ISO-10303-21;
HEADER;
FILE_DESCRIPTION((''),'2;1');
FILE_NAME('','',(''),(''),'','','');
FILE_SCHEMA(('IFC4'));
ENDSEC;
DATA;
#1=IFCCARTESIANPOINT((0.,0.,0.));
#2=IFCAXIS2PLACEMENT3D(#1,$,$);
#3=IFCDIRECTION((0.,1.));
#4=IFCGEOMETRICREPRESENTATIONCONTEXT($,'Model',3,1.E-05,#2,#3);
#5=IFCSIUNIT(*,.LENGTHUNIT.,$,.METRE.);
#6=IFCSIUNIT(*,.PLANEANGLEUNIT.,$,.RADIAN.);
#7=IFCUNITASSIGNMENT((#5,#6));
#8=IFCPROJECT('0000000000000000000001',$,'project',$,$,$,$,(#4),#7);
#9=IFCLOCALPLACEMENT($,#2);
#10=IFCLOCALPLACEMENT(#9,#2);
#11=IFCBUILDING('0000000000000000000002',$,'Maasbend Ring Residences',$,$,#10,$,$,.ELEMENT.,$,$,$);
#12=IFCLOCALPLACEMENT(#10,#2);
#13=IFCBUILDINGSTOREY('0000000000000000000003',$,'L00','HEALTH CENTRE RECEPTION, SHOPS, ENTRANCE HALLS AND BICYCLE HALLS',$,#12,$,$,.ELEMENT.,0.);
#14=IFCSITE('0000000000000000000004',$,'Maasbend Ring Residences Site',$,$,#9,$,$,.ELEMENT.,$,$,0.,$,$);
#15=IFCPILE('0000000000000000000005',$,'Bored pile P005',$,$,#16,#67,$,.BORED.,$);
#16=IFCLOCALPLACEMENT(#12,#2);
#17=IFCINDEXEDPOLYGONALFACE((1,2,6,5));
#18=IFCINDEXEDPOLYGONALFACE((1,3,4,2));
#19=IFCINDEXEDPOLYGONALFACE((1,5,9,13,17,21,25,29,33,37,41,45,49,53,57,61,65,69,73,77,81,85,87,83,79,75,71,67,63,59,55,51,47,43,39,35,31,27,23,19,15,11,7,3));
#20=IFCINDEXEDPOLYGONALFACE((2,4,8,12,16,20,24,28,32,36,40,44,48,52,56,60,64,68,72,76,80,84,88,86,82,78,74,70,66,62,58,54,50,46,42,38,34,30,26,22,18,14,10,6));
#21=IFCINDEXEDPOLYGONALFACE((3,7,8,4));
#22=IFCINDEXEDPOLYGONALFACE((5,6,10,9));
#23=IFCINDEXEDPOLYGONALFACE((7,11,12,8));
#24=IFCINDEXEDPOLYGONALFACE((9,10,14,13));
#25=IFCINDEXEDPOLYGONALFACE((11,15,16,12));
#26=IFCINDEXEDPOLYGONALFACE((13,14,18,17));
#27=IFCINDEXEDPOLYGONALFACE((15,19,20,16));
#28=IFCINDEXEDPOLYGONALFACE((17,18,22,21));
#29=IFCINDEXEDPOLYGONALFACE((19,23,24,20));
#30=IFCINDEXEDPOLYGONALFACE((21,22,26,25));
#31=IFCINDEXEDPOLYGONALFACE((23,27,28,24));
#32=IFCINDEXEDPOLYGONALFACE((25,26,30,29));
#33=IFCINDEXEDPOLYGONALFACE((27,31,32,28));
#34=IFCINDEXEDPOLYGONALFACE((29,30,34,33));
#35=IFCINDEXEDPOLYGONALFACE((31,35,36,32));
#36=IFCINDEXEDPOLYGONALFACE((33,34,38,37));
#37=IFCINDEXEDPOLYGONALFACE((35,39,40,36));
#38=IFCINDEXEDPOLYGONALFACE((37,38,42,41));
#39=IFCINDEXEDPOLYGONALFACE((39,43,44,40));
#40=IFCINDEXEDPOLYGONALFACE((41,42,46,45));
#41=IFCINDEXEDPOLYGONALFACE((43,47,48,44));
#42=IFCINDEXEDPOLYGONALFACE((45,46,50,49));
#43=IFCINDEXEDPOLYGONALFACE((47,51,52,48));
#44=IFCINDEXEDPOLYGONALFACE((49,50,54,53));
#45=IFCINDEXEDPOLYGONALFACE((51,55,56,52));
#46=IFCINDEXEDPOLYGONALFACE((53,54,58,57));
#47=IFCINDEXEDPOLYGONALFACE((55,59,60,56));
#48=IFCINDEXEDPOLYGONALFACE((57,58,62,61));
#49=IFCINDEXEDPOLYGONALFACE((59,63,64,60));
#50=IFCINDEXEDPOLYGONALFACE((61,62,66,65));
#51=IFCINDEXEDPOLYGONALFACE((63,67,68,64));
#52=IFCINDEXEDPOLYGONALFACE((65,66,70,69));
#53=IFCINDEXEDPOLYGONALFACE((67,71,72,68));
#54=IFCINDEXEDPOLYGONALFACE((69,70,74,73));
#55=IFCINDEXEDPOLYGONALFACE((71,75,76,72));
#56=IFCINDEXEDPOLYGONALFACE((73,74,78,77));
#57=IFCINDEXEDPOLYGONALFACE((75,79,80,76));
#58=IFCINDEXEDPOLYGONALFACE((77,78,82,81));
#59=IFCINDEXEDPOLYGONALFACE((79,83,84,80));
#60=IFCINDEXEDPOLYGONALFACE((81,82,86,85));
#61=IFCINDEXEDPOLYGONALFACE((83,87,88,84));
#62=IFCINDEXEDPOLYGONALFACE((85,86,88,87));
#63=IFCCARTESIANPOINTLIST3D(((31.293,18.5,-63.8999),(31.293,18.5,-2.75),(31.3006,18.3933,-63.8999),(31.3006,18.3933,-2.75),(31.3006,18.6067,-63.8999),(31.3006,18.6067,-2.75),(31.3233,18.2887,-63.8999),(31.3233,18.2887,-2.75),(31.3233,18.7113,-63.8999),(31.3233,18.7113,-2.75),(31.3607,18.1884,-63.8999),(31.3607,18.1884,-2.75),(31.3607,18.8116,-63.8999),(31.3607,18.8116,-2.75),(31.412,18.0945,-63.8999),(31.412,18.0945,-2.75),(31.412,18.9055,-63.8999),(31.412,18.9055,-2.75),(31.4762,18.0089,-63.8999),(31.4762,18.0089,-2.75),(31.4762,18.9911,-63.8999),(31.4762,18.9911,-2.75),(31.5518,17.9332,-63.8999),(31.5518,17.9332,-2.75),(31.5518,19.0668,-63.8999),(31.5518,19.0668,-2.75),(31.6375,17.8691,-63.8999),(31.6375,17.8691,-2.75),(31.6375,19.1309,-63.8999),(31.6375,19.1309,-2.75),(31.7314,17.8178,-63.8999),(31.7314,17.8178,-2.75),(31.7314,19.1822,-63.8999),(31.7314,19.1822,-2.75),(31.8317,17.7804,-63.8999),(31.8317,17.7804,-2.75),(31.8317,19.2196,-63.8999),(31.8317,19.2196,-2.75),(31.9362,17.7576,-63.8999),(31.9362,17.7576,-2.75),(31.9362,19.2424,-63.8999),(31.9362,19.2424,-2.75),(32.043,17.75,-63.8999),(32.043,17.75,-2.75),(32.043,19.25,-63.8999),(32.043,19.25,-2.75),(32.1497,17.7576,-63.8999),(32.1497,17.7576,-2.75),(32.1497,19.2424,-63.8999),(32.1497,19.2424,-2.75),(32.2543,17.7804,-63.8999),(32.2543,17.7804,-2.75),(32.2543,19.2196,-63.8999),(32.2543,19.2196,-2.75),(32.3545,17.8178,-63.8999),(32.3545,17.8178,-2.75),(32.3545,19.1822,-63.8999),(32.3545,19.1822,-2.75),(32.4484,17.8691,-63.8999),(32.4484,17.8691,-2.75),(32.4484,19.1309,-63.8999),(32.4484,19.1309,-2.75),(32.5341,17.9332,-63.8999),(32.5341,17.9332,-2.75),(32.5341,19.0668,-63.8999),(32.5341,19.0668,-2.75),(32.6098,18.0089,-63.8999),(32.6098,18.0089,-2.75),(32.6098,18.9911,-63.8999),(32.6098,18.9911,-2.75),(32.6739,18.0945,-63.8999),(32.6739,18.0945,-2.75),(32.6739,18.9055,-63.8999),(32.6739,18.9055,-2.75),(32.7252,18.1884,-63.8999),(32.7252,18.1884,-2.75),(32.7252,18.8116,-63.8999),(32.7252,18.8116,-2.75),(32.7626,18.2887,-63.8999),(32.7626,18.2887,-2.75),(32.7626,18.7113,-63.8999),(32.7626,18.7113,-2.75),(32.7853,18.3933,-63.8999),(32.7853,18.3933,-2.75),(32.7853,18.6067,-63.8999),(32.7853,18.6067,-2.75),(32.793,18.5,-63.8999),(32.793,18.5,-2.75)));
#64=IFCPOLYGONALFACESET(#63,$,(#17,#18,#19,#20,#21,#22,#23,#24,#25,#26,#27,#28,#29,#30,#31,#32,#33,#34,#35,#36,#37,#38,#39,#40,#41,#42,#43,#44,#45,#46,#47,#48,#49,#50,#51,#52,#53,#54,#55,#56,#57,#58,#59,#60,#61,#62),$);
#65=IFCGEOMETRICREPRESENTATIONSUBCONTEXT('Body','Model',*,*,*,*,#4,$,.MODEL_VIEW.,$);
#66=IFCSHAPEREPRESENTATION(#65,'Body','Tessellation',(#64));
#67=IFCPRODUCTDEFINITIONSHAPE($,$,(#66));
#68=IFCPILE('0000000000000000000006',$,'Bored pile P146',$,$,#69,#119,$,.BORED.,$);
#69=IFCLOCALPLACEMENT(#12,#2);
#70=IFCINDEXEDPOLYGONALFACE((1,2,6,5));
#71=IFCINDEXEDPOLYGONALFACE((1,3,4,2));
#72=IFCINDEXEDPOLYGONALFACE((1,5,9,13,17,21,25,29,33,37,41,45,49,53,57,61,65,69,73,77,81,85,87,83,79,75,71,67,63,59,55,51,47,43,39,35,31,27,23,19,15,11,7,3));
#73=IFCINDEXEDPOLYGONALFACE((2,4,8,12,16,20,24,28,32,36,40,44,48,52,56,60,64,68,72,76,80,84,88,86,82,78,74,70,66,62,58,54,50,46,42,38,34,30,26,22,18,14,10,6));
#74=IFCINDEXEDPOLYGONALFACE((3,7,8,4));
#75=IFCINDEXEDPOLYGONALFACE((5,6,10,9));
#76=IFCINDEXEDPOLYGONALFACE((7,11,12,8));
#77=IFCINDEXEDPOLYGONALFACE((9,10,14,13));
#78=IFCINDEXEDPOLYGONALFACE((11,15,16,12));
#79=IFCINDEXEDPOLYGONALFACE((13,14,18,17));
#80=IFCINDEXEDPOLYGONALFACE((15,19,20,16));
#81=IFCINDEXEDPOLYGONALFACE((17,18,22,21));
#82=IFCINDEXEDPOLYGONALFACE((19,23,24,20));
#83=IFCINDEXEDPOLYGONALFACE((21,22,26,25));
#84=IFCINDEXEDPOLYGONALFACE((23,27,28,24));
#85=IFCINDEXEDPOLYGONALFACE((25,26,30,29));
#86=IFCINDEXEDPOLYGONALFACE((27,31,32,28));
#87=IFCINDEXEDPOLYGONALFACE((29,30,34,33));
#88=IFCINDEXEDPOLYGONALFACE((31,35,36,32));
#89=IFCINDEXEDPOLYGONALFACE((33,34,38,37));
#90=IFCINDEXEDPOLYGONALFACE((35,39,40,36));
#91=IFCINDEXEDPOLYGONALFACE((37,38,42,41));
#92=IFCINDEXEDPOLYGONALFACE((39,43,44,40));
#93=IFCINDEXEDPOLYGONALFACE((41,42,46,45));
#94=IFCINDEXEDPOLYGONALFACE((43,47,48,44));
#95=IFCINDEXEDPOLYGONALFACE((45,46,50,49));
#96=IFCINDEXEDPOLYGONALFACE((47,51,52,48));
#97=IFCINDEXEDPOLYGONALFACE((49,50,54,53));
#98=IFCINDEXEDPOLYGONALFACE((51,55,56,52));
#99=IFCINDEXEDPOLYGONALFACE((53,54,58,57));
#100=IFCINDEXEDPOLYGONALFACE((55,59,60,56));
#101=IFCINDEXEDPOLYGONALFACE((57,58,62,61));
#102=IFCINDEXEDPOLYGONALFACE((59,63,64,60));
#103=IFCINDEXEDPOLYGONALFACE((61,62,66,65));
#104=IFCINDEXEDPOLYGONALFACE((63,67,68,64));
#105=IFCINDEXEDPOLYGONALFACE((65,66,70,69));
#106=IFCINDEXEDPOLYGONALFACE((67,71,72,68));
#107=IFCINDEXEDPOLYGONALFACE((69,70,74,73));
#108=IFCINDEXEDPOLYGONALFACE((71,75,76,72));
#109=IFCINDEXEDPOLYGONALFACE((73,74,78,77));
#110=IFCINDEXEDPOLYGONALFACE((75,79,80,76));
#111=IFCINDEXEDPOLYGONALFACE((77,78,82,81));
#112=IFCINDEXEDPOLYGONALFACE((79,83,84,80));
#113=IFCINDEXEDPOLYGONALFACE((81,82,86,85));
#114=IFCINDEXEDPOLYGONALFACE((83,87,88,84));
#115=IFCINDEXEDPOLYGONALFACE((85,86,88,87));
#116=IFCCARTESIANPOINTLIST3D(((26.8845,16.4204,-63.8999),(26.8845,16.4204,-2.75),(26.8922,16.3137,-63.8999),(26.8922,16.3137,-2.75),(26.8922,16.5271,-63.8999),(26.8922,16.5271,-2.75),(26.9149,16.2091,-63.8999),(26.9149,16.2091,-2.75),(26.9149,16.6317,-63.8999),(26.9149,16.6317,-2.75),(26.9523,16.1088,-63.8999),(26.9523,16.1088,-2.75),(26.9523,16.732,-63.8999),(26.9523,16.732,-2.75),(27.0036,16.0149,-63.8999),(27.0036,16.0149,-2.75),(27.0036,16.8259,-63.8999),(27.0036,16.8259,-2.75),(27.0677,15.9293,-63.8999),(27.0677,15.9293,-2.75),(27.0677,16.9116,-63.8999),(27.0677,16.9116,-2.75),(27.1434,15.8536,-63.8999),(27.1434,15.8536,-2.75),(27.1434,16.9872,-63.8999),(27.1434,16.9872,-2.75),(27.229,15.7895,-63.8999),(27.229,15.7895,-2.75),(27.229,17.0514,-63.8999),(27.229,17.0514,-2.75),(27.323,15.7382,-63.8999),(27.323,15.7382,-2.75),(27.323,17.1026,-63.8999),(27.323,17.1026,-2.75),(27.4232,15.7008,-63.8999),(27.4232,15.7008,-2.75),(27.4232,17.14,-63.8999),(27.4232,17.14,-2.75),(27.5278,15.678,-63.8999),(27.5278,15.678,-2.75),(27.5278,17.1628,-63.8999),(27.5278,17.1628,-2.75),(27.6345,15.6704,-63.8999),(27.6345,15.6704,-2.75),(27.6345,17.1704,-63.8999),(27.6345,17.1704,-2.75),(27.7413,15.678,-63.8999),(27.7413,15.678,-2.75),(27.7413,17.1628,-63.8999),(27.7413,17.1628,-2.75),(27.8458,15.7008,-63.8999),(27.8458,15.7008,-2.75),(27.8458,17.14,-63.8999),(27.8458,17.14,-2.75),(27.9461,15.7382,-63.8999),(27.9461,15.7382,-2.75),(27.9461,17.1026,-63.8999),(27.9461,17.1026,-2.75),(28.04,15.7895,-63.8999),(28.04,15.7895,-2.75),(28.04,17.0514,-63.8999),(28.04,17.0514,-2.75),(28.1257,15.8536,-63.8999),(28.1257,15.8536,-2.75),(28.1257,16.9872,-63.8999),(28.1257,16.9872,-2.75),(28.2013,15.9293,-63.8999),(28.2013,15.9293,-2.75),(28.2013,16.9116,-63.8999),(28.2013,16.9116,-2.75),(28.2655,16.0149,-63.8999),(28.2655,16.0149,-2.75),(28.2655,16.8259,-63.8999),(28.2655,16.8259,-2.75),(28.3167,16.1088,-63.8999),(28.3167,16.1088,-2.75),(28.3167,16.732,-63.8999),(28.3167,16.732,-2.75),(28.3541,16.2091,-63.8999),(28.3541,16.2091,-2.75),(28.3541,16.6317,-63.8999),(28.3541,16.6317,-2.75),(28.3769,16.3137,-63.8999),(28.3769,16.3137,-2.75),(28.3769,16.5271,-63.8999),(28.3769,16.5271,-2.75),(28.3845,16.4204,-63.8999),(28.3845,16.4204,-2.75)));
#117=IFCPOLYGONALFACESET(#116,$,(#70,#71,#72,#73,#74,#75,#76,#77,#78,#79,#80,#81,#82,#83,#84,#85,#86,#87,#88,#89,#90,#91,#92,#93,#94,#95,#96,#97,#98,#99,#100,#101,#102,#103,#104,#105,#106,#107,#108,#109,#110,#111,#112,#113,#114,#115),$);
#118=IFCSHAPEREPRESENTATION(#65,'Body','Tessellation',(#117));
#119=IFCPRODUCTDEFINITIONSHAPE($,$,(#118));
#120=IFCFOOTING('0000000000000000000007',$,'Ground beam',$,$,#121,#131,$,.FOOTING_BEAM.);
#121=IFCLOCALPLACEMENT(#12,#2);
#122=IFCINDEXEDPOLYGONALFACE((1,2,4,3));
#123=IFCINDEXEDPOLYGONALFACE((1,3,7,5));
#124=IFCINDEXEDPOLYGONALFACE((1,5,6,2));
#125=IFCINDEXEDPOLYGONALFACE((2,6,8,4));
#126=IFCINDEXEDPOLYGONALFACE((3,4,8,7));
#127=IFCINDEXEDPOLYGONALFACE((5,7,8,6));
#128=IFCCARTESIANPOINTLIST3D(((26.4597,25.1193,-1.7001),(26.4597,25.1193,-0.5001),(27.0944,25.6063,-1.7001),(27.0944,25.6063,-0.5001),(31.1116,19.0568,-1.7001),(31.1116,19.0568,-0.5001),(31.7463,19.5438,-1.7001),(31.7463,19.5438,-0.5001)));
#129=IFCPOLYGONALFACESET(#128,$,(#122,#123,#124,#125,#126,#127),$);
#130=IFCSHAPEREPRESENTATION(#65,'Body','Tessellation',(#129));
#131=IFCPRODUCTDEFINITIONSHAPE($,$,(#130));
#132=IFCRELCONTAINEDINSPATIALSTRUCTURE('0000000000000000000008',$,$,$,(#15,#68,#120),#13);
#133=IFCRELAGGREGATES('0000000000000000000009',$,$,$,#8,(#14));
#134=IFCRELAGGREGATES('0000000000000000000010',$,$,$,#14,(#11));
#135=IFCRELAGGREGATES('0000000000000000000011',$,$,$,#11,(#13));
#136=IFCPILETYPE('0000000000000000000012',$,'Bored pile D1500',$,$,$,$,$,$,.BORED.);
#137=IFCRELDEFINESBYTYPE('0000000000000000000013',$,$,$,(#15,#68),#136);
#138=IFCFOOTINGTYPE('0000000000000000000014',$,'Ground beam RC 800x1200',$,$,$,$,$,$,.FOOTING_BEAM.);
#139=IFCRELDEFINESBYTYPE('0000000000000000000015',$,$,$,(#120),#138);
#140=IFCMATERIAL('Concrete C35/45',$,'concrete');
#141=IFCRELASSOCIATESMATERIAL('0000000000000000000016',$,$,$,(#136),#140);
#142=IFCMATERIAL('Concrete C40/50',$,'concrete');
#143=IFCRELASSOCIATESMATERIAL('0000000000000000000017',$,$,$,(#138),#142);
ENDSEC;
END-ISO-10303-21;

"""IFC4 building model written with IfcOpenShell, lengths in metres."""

from ifc_helpers import new_model, si_unit, direction, frame, origin, origin_2d, place, context, subcontext, project, spatial, rectangle, circle, extrude, material, material_profile, profile_set, type_object, element, save


model = new_model("IFC4")

# Units and contexts
model_context = context("Model", 3, precision=1e-05, world=origin(), true_north=direction((0.0, 1.0)))
body_context = subcontext(model_context, "Body", "Model", "MODEL_VIEW")
ifc_project = project(units=[si_unit("LENGTHUNIT", "METRE"), si_unit("PLANEANGLEUNIT", "RADIAN")], contexts=[model_context])

# Site, building, storey
site_placement = place(None, origin())
site = spatial("IfcSite", under=ifc_project, at=site_placement, Name="Maasbend Ring Residences Site", CompositionType="ELEMENT", RefElevation=0.0)
building_placement = place(site_placement, origin())
building = spatial("IfcBuilding", under=site, at=building_placement, Name="Maasbend Ring Residences", CompositionType="ELEMENT")
storey_placement = place(building_placement, origin())
storey = spatial("IfcBuildingStorey", under=building, at=storey_placement, Name="L00", Description="HEALTH CENTRE RECEPTION, SHOPS, ENTRANCE HALLS AND BICYCLE HALLS", CompositionType="ELEMENT", Elevation=0.0)

# Piles
ifc_material_1 = material(Name="Concrete C35/45", Category="concrete")
ifc_material_profile_1 = material_profile(ifc_material_1, circle(Radius=0.75, at=origin_2d()), Name="Bored pile D1500")
ifc_profile_set_1 = profile_set([ifc_material_profile_1], Name="Concrete C35/45")
pile_type = type_object("IfcPileType", Name="Bored pile D1500", PredefinedType="BORED", material=ifc_profile_set_1)
for number, where, z_axis, x_axis, name in (
    (1, (32.043, 18.5, -2.75), (0.0, 0.0, -1.0), (1.0, 0.0, 0.0), "Bored pile P005"),
    (2, (27.6345, 16.4204, -2.75), (0.0, 0.0, -1.0), (1.0, 0.0, 0.0), "Bored pile P146"),
):
    element("IfcPile", number, at=place(storey_placement, frame(where, z_axis=z_axis, x_axis=x_axis)), inside=storey, type_object=pile_type, Name=name, PredefinedType="BORED", context=body_context, shape_type="SweptSolid", body=[
        extrude(circle(Radius=0.75, at=origin_2d()), origin(), (0.0, 0.0, 1.0), 61.1499),
    ])

# Footing
ifc_material_2 = material(Name="Concrete C40/50", Category="concrete")
ifc_material_profile_2 = material_profile(ifc_material_2, rectangle(XDim=0.8, YDim=1.2, at=origin_2d()), Name="Ground beam RC 800x1200")
ifc_profile_set_2 = profile_set([ifc_material_profile_2], Name="Concrete C40/50")
footing_type = type_object("IfcFootingType", Name="Ground beam RC 800x1200", PredefinedType="FOOTING_BEAM", material=ifc_profile_set_2)
footing_placement = place(storey_placement, frame((31.429, 19.3003, -1.1001), z_axis=(-0.608756, 0.793357, 0.0), x_axis=(-0.793357, -0.608756, 0.0)))
element("IfcFooting", 3, at=footing_placement, inside=storey, type_object=footing_type, Name="Ground beam", PredefinedType="FOOTING_BEAM", context=body_context, shape_type="SweptSolid", body=[
    extrude(rectangle(XDim=0.8, YDim=1.2, at=origin_2d()), origin(), (0.0, 0.0, 1.0), 7.6416),
])

save(model, "model.ifc")
